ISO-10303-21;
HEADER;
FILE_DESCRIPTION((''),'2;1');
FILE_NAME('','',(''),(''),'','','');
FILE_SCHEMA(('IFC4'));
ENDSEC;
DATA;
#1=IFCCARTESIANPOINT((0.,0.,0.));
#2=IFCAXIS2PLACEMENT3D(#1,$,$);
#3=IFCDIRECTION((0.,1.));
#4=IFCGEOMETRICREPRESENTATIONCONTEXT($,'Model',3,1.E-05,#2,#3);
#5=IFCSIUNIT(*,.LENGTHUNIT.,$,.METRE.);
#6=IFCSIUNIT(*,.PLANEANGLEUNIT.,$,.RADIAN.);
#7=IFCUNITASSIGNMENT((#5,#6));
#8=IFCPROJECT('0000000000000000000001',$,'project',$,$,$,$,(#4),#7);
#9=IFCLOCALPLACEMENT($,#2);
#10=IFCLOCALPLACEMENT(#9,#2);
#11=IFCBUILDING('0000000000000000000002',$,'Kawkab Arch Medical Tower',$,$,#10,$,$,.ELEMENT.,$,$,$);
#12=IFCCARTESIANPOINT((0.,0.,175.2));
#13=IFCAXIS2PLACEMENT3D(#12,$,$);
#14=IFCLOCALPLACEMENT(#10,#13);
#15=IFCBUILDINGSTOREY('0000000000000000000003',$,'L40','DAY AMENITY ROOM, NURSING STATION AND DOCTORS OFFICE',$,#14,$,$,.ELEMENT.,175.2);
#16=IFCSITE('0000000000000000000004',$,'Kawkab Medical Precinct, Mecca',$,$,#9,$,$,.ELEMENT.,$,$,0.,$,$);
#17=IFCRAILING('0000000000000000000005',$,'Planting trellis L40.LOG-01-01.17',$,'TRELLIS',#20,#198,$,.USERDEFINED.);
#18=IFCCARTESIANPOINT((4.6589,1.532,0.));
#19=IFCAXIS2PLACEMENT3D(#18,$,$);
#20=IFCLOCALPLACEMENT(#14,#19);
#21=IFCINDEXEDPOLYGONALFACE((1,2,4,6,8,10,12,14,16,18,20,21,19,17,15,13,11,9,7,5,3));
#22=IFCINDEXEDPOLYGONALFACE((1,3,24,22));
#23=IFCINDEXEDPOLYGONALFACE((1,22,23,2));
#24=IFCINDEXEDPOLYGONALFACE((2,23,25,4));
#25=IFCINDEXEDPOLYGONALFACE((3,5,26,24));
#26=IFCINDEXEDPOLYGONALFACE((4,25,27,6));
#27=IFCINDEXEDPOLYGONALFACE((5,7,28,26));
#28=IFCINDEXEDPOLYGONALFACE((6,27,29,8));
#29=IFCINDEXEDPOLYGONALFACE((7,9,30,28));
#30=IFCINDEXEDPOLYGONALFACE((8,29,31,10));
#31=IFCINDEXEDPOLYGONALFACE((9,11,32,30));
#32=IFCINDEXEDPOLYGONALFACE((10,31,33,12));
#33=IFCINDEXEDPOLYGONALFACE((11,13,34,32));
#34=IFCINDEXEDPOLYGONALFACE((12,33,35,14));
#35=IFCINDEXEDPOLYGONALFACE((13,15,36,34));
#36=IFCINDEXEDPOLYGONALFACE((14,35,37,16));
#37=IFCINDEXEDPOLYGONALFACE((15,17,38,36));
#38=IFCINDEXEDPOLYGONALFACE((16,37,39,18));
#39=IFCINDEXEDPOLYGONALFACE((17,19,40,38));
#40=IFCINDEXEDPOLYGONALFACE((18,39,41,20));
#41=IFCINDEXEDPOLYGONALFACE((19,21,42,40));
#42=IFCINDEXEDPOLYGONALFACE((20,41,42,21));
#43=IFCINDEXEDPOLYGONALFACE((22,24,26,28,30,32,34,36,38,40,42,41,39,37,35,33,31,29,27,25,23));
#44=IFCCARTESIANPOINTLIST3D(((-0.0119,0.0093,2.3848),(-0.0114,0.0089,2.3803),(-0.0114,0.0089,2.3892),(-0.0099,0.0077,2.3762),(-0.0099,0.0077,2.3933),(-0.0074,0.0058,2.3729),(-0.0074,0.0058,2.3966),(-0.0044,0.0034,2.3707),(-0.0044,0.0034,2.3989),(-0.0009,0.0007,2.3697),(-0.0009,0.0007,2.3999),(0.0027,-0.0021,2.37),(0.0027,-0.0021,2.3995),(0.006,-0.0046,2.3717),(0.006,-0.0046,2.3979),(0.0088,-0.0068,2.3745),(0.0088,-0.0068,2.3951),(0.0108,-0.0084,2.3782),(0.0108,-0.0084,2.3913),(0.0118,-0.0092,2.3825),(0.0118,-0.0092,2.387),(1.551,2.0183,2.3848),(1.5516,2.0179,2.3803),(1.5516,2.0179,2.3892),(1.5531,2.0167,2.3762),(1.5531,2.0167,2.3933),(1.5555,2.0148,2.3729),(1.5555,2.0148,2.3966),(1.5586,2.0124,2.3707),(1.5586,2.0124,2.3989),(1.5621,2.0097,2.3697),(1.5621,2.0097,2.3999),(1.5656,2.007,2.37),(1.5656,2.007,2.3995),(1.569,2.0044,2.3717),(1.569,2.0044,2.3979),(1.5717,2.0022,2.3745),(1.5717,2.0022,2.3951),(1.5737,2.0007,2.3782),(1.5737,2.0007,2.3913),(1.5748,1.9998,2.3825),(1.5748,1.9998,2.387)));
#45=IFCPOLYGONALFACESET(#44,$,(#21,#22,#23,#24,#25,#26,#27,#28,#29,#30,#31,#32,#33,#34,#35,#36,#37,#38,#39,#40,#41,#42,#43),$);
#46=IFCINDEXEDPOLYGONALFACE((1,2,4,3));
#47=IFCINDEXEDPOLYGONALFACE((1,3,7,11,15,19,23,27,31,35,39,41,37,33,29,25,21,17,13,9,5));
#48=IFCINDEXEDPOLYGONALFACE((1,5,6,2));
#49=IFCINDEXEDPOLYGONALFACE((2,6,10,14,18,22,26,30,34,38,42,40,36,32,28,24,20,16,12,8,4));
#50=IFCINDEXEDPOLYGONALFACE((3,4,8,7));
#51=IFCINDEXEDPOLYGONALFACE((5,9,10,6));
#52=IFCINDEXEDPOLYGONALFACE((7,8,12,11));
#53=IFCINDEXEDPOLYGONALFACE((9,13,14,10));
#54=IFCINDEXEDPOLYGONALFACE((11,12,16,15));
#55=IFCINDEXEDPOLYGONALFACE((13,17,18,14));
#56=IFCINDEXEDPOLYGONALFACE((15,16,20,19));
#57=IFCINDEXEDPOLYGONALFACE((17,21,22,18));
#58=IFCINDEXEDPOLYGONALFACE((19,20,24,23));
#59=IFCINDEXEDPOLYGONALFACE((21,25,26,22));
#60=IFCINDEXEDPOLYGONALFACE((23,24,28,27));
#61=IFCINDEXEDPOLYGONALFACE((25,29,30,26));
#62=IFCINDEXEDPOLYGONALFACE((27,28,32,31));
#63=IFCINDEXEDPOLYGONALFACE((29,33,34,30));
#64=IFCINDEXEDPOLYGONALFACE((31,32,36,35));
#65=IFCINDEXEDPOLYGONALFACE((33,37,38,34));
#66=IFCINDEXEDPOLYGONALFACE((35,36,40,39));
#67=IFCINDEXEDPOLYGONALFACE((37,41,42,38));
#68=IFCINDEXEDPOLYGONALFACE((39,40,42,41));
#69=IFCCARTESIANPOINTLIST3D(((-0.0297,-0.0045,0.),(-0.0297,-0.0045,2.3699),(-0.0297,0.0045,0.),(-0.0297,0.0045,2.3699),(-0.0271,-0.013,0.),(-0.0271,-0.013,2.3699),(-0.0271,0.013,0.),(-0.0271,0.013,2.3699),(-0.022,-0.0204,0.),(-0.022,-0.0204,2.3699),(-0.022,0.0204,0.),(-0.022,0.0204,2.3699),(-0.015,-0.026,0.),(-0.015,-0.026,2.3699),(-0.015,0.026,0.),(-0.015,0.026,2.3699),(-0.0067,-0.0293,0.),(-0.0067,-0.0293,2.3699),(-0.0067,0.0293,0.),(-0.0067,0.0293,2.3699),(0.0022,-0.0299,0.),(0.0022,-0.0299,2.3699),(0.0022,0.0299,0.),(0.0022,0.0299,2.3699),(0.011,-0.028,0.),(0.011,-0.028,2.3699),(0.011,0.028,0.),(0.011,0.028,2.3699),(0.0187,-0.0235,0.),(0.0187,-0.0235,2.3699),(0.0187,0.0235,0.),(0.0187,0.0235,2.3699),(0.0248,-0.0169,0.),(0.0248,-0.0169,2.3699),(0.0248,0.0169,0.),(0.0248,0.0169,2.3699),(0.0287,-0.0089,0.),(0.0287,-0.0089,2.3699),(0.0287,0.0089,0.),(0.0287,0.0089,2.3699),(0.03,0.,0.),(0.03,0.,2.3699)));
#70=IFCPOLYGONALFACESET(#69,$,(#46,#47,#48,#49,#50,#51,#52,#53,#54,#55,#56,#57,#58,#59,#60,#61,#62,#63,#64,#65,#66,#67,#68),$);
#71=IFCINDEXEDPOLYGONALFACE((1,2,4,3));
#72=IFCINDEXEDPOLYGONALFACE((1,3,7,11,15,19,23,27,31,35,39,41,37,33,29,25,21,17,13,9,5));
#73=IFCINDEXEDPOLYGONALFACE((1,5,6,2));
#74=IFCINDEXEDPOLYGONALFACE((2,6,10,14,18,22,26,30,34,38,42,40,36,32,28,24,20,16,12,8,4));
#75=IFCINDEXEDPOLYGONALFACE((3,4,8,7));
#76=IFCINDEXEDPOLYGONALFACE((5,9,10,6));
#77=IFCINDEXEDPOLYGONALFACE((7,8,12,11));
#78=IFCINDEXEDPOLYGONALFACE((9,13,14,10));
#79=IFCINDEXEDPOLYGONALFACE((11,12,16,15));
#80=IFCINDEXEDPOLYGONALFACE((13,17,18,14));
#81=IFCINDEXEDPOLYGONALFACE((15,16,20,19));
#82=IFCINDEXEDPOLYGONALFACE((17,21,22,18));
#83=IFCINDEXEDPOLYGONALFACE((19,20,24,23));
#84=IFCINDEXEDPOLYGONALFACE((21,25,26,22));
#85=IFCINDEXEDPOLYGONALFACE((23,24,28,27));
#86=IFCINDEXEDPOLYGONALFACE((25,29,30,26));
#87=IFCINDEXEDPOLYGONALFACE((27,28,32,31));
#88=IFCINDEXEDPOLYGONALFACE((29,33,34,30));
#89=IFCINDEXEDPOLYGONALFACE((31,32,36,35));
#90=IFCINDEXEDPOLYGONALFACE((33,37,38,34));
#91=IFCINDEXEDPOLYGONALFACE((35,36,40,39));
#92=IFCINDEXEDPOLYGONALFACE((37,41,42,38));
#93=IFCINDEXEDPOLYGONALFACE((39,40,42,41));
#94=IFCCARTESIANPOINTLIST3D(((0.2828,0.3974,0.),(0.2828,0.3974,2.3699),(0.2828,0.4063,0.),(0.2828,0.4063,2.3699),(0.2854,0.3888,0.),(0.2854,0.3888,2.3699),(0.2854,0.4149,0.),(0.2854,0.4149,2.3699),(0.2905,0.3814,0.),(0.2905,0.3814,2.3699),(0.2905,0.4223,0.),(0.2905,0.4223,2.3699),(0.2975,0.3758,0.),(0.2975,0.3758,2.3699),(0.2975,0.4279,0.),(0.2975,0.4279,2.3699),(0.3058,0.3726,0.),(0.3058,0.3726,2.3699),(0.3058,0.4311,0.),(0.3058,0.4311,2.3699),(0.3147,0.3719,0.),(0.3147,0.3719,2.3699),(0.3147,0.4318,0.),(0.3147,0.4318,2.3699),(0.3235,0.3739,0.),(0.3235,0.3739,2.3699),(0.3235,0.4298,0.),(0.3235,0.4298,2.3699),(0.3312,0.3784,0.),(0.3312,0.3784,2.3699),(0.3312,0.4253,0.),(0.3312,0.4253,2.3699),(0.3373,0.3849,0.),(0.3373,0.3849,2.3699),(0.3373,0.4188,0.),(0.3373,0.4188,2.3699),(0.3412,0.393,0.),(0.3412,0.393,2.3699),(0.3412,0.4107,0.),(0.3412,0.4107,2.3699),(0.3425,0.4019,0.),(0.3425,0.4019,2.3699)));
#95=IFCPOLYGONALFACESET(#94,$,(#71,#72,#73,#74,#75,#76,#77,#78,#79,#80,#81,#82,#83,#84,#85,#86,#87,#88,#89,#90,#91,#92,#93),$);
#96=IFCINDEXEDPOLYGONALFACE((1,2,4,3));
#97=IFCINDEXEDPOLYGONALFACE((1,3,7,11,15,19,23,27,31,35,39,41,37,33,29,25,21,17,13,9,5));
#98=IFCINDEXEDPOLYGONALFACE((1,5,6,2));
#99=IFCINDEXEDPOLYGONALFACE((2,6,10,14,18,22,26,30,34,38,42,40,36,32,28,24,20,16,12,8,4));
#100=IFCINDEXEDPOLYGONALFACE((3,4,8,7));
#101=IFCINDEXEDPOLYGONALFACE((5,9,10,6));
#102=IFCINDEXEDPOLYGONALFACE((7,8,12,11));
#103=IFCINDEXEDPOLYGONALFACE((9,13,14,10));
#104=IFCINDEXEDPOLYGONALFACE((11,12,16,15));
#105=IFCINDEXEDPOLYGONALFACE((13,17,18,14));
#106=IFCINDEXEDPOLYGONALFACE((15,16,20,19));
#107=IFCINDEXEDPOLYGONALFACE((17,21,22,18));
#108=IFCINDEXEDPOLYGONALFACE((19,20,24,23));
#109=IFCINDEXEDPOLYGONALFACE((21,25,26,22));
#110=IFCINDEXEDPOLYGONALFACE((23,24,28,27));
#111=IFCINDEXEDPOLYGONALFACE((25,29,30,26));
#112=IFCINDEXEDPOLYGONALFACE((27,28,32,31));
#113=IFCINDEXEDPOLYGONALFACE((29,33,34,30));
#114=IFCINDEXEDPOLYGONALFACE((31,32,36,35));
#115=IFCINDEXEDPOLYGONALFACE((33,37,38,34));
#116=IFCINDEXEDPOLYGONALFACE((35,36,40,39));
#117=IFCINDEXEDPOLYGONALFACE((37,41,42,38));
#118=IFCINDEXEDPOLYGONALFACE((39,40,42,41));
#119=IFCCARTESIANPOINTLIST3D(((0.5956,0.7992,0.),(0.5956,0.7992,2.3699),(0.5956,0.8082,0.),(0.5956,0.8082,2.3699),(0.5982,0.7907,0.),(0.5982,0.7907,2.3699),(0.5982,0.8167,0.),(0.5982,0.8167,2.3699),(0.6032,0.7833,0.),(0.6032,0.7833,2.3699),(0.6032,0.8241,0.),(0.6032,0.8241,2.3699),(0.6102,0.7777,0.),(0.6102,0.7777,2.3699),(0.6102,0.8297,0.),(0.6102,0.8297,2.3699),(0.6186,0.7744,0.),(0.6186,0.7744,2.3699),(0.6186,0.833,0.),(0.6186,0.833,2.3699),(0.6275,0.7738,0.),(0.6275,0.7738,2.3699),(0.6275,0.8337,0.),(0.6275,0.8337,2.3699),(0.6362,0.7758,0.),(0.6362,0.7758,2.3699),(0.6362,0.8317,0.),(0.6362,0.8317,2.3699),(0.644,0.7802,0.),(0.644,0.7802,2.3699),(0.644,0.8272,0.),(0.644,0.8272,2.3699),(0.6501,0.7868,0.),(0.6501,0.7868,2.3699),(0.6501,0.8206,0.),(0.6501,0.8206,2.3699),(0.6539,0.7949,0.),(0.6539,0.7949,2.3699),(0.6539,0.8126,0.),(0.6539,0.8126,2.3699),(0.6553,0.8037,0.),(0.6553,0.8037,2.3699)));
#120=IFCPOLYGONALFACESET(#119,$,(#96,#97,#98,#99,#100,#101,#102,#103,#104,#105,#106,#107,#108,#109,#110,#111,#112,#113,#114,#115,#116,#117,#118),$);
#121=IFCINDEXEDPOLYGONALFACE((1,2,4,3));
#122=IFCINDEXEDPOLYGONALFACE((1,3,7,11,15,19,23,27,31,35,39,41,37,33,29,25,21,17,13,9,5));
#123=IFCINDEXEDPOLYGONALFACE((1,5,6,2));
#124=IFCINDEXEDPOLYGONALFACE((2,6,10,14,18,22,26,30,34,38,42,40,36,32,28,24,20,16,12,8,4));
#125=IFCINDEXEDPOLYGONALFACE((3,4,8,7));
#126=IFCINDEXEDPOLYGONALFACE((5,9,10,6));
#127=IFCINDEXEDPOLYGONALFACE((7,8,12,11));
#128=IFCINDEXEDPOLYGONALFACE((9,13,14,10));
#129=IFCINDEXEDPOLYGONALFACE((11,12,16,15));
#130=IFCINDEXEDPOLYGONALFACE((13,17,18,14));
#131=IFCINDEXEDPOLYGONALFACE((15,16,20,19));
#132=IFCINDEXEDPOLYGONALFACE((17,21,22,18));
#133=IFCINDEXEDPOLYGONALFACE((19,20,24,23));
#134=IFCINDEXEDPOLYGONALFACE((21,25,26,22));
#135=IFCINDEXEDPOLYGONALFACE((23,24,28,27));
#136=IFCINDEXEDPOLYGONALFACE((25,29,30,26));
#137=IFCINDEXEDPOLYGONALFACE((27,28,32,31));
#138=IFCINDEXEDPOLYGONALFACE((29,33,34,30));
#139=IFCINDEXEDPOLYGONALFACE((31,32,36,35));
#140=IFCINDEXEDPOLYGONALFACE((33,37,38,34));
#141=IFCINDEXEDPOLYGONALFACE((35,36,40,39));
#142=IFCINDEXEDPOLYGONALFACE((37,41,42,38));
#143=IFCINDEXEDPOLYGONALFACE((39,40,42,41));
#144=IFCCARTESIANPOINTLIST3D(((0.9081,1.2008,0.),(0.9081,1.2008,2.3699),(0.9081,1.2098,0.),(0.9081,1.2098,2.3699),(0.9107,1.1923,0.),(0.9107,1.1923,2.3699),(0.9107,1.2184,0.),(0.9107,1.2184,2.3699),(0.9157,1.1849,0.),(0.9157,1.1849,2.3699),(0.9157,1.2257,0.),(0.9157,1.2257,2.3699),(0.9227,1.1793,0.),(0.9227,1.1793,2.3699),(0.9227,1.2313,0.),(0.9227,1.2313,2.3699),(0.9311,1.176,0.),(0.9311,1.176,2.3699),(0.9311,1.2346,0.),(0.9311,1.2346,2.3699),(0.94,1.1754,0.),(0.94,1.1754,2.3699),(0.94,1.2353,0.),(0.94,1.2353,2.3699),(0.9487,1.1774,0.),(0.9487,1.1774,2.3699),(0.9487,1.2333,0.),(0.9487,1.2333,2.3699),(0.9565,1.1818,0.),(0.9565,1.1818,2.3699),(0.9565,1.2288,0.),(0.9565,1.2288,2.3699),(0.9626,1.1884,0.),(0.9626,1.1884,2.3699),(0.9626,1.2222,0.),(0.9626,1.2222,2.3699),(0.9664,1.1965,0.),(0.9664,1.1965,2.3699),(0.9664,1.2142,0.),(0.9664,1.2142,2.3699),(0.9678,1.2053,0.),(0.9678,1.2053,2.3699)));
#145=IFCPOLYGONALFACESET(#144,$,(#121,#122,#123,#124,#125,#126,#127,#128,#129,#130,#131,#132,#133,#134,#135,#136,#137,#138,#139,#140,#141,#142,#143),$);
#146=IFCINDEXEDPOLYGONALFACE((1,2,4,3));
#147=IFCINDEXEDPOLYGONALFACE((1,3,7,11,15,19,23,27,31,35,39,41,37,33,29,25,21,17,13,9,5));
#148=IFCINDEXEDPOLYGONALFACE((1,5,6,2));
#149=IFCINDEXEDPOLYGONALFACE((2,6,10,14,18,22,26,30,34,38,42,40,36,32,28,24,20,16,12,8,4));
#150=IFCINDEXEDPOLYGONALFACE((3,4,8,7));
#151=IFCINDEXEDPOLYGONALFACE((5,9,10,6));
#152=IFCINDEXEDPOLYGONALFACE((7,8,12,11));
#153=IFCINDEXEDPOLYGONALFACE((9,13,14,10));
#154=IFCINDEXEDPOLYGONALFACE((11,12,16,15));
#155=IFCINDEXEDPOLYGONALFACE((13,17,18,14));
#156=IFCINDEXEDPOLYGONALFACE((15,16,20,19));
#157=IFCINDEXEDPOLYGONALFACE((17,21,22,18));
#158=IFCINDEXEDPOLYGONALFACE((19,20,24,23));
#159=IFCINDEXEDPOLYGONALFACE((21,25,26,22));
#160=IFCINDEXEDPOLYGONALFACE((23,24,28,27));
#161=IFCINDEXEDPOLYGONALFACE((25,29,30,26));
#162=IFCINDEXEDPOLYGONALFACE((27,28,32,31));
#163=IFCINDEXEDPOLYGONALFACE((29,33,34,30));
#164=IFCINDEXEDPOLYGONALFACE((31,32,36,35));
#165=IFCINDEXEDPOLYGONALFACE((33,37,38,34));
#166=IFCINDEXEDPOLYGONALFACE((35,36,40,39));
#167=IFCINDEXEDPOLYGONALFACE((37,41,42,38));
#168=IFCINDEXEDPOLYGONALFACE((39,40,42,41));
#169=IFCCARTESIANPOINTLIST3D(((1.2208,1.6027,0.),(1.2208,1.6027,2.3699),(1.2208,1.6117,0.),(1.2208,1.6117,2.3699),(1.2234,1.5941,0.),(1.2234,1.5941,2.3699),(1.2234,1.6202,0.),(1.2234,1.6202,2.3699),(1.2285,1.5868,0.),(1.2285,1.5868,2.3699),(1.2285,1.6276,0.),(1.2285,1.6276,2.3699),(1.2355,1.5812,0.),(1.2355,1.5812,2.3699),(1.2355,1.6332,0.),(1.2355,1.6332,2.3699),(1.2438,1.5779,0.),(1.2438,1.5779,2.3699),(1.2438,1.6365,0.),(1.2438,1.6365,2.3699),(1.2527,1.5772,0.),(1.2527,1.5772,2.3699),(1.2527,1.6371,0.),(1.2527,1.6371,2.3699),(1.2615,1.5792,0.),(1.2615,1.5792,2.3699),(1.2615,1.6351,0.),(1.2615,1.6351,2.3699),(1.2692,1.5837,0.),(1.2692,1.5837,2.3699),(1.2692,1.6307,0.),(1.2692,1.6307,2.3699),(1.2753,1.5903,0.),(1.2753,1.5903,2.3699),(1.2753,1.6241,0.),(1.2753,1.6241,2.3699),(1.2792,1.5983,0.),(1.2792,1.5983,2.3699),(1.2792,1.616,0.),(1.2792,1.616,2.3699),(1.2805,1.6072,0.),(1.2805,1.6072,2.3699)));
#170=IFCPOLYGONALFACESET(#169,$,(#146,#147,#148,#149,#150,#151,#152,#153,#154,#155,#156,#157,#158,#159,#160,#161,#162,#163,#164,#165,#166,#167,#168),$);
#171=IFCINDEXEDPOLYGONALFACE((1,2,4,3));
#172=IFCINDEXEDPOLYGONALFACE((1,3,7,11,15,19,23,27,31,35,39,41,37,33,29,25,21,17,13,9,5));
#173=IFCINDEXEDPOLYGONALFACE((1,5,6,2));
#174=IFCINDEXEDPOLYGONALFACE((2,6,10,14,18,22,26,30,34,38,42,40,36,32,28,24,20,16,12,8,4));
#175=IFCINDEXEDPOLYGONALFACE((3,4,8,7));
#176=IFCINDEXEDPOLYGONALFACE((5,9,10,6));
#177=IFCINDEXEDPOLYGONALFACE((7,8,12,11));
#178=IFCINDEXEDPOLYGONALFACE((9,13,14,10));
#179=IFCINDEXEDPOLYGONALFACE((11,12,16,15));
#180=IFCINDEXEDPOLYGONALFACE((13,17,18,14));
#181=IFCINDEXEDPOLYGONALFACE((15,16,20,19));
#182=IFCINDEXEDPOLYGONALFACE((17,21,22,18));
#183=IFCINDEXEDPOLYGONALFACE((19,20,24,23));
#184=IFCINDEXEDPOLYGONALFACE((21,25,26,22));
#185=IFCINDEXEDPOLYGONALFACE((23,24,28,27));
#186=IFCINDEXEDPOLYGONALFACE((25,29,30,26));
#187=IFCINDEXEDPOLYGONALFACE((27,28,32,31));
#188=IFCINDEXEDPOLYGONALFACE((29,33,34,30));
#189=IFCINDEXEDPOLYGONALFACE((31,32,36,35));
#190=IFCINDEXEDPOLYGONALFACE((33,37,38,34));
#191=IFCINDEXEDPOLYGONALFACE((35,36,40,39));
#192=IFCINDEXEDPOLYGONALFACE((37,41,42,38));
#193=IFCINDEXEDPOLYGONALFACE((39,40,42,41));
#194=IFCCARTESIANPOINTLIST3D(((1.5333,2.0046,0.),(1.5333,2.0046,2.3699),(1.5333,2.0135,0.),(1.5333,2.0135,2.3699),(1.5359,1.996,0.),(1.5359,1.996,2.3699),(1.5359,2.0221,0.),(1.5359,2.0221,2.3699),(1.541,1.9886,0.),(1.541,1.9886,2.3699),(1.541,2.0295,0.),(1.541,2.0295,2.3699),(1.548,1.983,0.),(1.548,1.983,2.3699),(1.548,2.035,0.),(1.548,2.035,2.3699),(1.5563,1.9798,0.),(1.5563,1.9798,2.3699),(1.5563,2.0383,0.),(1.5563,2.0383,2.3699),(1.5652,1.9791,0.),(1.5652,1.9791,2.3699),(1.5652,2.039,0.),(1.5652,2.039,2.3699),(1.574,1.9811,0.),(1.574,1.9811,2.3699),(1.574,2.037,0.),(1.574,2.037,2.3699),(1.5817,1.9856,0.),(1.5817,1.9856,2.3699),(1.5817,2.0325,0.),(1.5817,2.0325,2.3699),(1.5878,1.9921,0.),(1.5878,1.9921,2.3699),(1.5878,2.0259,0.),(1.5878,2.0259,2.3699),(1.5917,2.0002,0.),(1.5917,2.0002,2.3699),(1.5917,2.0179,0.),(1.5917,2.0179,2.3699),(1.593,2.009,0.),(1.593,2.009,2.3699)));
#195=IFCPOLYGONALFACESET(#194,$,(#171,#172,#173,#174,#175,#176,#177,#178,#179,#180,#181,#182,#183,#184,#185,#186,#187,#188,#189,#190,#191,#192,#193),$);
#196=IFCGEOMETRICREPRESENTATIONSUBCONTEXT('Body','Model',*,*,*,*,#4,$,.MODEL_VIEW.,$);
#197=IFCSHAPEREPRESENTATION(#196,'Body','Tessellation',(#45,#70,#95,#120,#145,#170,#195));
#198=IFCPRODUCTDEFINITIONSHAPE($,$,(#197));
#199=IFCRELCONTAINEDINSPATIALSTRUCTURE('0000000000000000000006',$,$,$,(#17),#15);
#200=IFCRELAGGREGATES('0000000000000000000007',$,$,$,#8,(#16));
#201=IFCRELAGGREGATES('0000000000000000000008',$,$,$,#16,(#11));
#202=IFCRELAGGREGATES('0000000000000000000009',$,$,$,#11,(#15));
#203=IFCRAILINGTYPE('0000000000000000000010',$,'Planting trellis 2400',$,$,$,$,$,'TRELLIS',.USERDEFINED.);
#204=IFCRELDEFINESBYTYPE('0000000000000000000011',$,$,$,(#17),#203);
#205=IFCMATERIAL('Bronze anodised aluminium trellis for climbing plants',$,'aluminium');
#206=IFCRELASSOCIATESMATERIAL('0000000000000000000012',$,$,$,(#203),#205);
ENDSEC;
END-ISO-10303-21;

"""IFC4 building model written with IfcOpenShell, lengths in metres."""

from ifc_helpers import new_model, si_unit, direction, frame, origin, origin_2d, place, context, subcontext, project, spatial, circle, extrude, material, type_object, element, save


model = new_model("IFC4")

# Units and contexts
model_context = context("Model", 3, precision=1e-05, world=origin(), true_north=direction((0.0, 1.0)))
body_context = subcontext(model_context, "Body", "Model", "MODEL_VIEW")
ifc_project = project(units=[si_unit("LENGTHUNIT", "METRE"), si_unit("PLANEANGLEUNIT", "RADIAN")], contexts=[model_context])

# Site, building, storey
site_placement = place(None, origin())
site = spatial("IfcSite", under=ifc_project, at=site_placement, Name="Kawkab Medical Precinct, Mecca", CompositionType="ELEMENT", RefElevation=0.0)
building_placement = place(site_placement, origin())
building = spatial("IfcBuilding", under=site, at=building_placement, Name="Kawkab Arch Medical Tower", CompositionType="ELEMENT")
storey_placement = place(building_placement, frame((0.0, 0.0, 175.2)))
storey = spatial("IfcBuildingStorey", under=building, at=storey_placement, Name="L40", Description="DAY AMENITY ROOM, NURSING STATION AND DOCTORS OFFICE", CompositionType="ELEMENT", Elevation=175.2)

# Railing
ifc_material_1 = material(Name="Bronze anodised aluminium trellis for climbing plants", Category="aluminium")
railing_type = type_object("IfcRailingType", Name="Planting trellis 2400", ElementType="TRELLIS", PredefinedType="USERDEFINED", material=ifc_material_1)
railing_1_placement = place(storey_placement, frame((4.6589, 1.532, 0.0)))
element("IfcRailing", 1, at=railing_1_placement, inside=storey, type_object=railing_type, Name="Planting trellis L40.LOG-01-01.17", ObjectType="TRELLIS", PredefinedType="USERDEFINED", context=body_context, shape_type="SweptSolid", body=[
    extrude(circle(Radius=0.0151, at=origin_2d()), frame((0.0, 0.0, 2.3848), z_axis=(0.61404, 0.789275, 0.0), x_axis=(-0.789275, 0.61404, 0.0)), (0.0, 0.0, 1.0), 2.5454),
    extrude(circle(Radius=0.03, at=origin_2d()), origin(), (0.0, 0.0, 1.0), 2.3699),
    extrude(circle(Radius=0.03, at=origin_2d()), frame((0.3125, 0.4019, 0.0)), (0.0, 0.0, 1.0), 2.3699),
    extrude(circle(Radius=0.03, at=origin_2d()), frame((0.6252, 0.8037, 0.0)), (0.0, 0.0, 1.0), 2.3699),
    extrude(circle(Radius=0.03, at=origin_2d()), frame((0.9377, 1.2053, 0.0)), (0.0, 0.0, 1.0), 2.3699),
    extrude(circle(Radius=0.03, at=origin_2d()), frame((1.2505, 1.6072, 0.0)), (0.0, 0.0, 1.0), 2.3699),
    extrude(circle(Radius=0.03, at=origin_2d()), frame((1.563, 2.009, 0.0)), (0.0, 0.0, 1.0), 2.3699),
])

save(model, "model.ifc")
